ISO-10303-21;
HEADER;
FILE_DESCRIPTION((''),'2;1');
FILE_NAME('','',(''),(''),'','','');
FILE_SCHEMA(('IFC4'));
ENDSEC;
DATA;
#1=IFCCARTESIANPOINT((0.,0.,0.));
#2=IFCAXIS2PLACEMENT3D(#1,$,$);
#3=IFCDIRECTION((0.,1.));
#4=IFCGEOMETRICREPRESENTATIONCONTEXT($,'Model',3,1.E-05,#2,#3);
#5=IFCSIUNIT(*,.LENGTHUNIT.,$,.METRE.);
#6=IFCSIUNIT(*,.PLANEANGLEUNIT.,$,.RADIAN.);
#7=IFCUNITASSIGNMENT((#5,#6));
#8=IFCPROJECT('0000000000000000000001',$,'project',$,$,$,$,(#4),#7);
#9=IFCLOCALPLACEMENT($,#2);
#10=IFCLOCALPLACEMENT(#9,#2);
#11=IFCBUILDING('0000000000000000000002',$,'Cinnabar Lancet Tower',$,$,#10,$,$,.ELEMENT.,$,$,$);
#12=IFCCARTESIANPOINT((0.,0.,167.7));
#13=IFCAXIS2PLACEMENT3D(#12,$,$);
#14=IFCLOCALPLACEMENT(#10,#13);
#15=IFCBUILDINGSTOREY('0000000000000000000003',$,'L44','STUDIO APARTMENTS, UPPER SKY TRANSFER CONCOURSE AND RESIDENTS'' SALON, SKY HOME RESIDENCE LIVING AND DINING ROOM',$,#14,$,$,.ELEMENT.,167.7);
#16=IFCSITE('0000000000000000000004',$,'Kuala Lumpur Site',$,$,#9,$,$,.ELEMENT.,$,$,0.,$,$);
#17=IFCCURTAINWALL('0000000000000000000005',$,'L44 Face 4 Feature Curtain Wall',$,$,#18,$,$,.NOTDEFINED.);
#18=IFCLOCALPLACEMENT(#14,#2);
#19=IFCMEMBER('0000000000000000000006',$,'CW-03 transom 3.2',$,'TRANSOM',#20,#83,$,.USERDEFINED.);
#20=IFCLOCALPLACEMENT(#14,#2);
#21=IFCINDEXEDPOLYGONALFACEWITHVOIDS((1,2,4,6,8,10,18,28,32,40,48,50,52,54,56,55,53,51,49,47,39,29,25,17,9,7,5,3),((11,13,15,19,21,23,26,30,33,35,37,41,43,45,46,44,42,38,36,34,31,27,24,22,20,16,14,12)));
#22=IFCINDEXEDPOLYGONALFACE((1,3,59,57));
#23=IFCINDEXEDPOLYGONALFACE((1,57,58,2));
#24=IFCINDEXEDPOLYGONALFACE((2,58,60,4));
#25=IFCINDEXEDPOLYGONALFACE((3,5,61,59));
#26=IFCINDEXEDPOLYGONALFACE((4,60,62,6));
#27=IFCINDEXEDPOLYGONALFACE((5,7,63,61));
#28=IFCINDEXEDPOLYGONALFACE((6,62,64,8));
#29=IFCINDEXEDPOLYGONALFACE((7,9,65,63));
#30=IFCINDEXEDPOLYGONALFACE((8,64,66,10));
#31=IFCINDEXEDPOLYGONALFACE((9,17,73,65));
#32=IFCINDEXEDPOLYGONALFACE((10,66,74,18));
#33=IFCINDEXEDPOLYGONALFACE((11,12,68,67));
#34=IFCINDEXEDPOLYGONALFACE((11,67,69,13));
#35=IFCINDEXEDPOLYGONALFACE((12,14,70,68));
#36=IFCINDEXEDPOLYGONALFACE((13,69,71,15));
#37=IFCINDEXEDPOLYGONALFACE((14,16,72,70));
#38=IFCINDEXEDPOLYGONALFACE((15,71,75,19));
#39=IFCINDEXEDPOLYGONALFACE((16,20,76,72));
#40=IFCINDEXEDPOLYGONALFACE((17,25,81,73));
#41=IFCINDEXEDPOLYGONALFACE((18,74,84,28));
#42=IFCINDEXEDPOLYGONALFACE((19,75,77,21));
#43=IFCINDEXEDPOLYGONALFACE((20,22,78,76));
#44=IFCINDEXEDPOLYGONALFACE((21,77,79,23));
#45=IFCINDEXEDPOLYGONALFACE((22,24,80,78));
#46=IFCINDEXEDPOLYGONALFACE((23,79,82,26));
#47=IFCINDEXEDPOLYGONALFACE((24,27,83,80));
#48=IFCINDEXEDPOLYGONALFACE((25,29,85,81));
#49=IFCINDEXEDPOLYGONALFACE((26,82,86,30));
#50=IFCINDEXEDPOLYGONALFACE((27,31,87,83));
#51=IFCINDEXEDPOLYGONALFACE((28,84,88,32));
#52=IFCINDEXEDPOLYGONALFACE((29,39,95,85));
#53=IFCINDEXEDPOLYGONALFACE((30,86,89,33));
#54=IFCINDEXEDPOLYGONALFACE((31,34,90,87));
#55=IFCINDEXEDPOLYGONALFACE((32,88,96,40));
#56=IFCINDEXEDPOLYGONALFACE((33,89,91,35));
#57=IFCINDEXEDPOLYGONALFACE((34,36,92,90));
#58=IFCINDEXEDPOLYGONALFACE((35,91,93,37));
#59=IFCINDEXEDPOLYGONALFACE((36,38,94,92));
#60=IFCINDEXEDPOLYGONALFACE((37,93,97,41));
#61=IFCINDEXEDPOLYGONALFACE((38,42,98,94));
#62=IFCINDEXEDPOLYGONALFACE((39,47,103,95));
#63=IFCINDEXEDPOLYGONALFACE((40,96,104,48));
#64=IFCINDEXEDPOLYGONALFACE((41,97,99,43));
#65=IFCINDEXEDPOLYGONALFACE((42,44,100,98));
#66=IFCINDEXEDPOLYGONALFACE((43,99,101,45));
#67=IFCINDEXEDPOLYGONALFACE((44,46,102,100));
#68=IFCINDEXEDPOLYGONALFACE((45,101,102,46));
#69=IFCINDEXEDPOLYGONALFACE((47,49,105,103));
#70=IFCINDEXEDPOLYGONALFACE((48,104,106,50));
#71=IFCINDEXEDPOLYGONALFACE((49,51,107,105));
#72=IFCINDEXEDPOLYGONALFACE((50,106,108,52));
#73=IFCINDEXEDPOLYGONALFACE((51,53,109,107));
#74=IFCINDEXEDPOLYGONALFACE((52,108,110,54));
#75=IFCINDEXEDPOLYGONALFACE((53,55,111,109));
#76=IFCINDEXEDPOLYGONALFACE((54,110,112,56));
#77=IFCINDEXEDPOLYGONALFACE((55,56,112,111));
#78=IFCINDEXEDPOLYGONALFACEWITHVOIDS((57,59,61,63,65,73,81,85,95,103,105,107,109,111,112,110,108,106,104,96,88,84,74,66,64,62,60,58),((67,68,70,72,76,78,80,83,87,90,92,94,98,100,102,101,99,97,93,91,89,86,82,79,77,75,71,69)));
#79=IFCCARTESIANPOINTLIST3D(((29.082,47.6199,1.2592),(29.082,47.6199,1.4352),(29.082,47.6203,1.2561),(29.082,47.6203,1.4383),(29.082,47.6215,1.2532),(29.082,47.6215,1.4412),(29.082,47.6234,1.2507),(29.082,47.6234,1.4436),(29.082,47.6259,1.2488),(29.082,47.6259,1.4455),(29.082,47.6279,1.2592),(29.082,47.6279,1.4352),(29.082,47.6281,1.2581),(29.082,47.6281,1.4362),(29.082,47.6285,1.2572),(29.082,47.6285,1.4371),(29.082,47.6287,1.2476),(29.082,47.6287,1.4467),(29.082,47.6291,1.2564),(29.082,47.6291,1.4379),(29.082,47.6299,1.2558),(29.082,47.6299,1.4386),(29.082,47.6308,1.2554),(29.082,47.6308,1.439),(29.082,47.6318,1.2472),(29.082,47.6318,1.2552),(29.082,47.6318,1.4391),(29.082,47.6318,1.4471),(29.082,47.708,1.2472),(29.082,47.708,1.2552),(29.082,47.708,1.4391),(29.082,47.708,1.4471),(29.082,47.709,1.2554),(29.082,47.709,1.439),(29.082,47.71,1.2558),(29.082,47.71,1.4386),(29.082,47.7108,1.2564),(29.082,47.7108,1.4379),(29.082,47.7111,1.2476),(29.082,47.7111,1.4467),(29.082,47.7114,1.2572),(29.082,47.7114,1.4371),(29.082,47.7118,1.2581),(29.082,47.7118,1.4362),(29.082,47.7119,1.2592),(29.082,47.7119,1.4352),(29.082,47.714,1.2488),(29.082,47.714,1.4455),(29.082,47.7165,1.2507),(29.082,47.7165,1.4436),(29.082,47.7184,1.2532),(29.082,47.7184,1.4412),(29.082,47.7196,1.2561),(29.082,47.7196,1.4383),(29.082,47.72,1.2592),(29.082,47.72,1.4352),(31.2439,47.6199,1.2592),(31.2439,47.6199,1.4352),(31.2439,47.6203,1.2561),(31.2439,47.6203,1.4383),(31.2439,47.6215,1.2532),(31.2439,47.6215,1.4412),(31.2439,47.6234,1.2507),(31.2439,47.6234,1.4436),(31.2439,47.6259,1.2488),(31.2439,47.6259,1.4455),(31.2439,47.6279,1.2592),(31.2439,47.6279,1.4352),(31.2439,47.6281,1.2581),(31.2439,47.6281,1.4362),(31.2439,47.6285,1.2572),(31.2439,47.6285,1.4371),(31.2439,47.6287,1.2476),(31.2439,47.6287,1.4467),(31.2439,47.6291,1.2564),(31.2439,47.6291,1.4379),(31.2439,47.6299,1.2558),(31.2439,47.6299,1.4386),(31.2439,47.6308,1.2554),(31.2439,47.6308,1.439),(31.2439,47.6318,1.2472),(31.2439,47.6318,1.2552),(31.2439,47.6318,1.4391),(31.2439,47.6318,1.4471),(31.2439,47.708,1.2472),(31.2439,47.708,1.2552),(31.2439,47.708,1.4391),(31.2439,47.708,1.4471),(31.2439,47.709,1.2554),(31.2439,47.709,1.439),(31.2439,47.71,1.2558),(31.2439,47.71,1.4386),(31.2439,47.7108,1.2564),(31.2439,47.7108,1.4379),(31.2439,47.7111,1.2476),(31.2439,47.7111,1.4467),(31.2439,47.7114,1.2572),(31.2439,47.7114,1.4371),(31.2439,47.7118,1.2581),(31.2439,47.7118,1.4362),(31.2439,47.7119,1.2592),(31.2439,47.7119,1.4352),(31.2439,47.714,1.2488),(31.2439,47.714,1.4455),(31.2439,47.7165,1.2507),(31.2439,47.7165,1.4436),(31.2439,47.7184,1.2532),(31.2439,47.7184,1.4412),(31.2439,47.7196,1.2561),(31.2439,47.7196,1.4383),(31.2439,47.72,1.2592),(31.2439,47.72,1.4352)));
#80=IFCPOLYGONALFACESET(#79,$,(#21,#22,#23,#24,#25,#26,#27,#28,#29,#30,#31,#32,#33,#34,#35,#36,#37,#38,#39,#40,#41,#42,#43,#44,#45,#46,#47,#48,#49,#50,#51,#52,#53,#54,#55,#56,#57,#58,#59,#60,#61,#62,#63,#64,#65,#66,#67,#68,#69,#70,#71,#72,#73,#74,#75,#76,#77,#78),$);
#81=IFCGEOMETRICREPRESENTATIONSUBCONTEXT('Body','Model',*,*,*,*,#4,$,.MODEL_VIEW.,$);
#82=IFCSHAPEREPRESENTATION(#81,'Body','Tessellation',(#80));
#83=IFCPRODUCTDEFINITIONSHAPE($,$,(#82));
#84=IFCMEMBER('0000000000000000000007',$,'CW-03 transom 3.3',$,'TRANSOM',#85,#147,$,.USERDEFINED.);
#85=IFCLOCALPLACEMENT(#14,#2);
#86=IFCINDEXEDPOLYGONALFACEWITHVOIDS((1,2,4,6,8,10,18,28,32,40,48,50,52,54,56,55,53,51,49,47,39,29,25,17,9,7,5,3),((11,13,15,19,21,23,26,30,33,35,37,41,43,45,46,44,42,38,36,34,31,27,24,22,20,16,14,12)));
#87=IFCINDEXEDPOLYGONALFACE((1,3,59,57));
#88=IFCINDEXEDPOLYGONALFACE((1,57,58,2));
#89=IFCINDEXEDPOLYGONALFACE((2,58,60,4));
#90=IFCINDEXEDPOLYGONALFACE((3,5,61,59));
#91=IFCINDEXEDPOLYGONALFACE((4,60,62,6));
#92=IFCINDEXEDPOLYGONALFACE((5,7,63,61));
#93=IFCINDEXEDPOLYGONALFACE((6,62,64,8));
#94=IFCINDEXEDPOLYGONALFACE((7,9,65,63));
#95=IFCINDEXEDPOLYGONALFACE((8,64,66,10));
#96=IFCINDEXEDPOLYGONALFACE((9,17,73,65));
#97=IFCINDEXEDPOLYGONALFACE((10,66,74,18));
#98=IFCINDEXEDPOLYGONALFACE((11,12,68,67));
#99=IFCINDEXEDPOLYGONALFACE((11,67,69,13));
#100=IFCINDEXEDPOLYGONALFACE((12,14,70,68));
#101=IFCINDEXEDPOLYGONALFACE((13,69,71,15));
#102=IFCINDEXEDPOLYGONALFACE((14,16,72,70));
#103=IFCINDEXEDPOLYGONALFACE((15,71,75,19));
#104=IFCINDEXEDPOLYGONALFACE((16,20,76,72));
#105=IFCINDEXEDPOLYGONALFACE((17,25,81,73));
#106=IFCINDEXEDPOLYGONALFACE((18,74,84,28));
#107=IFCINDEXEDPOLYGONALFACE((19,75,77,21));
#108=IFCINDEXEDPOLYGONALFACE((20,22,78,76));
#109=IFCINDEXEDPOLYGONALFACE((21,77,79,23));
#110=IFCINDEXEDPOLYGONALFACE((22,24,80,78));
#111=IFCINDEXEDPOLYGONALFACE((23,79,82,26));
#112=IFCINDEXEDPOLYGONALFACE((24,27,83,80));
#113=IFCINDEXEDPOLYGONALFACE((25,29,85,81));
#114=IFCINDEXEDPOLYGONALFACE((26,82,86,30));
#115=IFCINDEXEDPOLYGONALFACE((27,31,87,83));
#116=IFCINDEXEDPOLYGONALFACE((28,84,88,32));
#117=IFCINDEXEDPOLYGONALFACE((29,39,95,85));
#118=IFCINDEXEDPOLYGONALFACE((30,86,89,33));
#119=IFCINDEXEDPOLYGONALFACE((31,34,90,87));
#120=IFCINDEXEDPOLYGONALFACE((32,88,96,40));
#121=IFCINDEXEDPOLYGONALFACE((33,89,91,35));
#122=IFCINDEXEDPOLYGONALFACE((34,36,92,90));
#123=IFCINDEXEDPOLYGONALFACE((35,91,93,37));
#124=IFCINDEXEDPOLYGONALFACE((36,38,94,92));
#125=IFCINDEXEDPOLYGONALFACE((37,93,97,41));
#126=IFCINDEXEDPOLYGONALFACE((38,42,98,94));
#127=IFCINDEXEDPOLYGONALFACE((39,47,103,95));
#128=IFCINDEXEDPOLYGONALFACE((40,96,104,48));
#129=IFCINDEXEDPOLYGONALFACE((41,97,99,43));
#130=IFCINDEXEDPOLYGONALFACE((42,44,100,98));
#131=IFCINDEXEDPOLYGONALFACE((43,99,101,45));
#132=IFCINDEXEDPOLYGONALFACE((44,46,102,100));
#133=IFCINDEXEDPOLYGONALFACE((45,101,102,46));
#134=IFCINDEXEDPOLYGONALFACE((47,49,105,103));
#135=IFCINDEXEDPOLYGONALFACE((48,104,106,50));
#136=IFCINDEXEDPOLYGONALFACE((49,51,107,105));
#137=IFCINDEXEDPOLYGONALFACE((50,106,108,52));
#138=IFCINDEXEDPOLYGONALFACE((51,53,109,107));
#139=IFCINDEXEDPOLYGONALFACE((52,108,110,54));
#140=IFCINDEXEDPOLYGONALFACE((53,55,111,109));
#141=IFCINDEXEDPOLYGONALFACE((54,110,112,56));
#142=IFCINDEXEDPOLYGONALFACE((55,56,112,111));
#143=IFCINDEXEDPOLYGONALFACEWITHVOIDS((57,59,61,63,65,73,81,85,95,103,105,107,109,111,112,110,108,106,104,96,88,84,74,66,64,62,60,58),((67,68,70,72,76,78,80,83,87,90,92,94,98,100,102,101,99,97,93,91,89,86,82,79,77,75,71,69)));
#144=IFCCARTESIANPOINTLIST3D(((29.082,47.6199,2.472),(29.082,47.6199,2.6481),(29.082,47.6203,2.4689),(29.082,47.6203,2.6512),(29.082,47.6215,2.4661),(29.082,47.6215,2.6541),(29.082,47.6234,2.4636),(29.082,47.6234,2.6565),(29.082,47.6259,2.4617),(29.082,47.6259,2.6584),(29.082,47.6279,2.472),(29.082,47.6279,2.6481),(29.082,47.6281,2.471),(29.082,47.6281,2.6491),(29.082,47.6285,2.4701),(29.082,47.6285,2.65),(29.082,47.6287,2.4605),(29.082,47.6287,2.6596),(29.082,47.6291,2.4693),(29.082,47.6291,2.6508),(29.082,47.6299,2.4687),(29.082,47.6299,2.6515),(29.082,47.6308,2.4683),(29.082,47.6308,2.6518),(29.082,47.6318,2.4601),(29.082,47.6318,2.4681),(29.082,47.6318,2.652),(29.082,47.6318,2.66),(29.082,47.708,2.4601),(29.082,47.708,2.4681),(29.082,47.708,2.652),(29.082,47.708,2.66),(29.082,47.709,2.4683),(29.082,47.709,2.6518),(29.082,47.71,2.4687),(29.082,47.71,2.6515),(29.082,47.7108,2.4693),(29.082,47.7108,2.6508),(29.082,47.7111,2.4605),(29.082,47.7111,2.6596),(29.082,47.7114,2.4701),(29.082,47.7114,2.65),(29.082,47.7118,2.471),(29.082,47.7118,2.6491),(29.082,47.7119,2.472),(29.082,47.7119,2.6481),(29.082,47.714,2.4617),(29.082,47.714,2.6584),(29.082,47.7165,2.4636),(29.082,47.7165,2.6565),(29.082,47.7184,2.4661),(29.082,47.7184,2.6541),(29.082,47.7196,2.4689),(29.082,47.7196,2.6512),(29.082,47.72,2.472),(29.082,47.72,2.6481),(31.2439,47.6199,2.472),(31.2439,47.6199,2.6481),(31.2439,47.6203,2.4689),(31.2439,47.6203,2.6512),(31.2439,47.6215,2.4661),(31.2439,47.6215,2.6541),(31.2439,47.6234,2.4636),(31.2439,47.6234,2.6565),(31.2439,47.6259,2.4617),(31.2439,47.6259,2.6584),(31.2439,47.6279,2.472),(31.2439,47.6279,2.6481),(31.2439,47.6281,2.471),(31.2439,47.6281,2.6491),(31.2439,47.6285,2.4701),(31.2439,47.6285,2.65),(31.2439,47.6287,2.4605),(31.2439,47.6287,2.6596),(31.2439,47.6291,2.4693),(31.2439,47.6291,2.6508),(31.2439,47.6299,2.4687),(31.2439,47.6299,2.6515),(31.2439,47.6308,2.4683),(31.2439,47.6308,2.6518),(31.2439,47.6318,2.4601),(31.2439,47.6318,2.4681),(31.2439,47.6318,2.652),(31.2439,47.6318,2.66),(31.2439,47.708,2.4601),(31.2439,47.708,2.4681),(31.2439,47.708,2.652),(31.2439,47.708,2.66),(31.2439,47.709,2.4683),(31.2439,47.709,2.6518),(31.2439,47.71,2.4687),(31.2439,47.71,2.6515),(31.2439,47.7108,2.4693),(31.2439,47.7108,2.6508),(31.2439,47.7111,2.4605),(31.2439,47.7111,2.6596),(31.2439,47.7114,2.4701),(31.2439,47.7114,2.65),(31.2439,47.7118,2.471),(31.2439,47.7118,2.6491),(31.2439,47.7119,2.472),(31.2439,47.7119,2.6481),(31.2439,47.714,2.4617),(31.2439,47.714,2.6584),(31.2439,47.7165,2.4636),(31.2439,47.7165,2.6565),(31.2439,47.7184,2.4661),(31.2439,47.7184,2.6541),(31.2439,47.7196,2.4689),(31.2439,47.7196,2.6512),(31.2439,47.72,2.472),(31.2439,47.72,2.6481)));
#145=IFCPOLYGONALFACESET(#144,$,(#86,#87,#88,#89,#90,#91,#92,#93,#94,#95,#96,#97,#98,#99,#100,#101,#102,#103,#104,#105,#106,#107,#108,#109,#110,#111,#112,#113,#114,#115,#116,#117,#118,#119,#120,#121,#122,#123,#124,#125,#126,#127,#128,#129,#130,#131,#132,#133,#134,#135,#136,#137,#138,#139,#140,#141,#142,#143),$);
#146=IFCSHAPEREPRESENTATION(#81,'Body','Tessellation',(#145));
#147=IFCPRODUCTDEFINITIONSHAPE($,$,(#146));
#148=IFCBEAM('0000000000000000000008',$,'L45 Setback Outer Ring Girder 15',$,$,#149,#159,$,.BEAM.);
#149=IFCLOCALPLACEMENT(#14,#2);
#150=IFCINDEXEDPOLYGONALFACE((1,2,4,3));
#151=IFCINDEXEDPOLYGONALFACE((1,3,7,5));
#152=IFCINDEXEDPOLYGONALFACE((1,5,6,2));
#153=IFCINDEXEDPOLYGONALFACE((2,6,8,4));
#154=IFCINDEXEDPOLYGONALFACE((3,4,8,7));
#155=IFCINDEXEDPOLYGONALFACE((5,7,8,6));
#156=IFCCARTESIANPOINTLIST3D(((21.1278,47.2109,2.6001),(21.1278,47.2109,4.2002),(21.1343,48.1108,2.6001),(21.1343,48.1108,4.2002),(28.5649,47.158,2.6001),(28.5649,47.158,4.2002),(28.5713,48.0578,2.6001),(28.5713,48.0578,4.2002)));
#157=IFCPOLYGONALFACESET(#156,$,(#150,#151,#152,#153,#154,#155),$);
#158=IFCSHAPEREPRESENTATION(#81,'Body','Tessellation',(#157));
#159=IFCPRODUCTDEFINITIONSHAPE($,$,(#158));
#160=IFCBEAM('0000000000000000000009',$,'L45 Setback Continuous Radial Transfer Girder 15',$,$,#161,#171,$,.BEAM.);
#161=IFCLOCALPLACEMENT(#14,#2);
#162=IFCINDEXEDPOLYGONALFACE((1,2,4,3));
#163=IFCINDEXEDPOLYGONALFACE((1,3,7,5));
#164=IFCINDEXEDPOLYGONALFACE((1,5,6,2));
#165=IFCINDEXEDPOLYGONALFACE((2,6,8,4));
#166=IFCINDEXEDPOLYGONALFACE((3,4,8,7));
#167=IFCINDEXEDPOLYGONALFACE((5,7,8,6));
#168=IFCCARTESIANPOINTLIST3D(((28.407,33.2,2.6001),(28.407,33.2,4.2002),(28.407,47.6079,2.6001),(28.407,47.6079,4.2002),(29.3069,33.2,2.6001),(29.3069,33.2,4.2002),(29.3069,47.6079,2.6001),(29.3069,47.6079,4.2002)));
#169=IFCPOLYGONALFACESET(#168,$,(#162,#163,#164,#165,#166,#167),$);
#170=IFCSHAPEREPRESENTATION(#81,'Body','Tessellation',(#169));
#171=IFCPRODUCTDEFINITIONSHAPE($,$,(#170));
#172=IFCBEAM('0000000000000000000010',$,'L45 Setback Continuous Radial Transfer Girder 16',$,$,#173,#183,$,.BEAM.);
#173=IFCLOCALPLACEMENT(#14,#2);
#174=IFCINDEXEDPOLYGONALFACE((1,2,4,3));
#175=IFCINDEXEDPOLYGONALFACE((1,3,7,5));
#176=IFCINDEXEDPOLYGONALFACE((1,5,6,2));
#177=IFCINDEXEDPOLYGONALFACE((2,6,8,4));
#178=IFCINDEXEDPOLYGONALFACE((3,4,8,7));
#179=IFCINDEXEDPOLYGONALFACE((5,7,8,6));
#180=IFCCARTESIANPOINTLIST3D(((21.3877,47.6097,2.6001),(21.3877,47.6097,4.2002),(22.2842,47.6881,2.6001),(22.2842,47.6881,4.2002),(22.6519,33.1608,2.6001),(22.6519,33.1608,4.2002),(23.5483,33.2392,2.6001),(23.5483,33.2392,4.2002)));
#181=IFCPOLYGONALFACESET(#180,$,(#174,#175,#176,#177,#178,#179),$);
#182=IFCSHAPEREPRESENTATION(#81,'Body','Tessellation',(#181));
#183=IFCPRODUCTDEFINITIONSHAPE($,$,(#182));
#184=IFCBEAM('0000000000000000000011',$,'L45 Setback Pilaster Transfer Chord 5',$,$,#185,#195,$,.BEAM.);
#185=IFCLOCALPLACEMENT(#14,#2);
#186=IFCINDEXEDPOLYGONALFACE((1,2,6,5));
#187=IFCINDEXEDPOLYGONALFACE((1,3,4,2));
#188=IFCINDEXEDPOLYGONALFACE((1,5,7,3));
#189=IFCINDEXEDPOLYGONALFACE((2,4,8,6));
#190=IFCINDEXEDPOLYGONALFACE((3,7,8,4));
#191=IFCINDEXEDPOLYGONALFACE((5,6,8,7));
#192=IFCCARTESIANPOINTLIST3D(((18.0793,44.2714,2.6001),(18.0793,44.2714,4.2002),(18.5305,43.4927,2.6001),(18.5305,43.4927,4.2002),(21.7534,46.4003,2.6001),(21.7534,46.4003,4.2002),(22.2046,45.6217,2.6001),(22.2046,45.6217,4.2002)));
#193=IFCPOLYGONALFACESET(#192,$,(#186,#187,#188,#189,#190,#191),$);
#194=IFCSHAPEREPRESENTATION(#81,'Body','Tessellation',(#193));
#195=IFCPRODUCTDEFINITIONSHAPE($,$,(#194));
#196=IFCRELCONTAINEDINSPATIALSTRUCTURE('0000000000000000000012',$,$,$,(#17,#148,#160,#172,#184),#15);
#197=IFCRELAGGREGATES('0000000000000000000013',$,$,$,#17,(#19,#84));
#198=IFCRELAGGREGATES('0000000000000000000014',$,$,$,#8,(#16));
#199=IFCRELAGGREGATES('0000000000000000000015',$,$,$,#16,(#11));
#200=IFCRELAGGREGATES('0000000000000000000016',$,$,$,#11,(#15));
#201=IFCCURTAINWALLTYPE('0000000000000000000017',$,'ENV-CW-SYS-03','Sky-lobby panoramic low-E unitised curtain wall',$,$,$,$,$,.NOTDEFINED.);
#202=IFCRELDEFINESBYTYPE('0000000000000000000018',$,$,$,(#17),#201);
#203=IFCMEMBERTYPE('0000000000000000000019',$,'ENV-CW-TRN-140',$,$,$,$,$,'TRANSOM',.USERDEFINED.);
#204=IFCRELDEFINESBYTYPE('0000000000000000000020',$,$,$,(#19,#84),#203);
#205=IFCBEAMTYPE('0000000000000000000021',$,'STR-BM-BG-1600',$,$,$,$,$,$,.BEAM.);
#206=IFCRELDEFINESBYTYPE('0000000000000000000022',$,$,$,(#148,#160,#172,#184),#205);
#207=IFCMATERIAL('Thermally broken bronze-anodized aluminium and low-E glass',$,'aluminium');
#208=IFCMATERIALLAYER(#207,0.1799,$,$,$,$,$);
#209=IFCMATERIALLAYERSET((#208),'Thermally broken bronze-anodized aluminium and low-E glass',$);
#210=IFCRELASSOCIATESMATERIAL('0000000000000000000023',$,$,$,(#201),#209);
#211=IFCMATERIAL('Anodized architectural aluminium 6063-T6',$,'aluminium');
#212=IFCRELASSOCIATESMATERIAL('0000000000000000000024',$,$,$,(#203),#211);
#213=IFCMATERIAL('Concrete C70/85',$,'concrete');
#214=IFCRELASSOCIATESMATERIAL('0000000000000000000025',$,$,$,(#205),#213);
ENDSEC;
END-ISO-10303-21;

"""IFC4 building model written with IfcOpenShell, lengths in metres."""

from ifc_helpers import new_model, si_unit, direction, frame, origin, origin_2d, place, context, subcontext, project, spatial, rectangle, hollow_rectangle, extrude, material, layer, layer_set, material_profile, profile_set, type_object, element, aggregate, save


model = new_model("IFC4")

# Units and contexts
model_context = context("Model", 3, precision=1e-05, world=origin(), true_north=direction((0.0, 1.0)))
body_context = subcontext(model_context, "Body", "Model", "MODEL_VIEW")
ifc_project = project(units=[si_unit("LENGTHUNIT", "METRE"), si_unit("PLANEANGLEUNIT", "RADIAN")], contexts=[model_context])

# Site, building, storey
site_placement = place(None, origin())
site = spatial("IfcSite", under=ifc_project, at=site_placement, Name="Kuala Lumpur Site", CompositionType="ELEMENT", RefElevation=0.0)
building_placement = place(site_placement, origin())
building = spatial("IfcBuilding", under=site, at=building_placement, Name="Cinnabar Lancet Tower", CompositionType="ELEMENT")
storey_placement = place(building_placement, frame((0.0, 0.0, 167.7)))
storey = spatial("IfcBuildingStorey", under=building, at=storey_placement, Name="L44", Description="STUDIO APARTMENTS, UPPER SKY TRANSFER CONCOURSE AND RESIDENTS' SALON, SKY HOME RESIDENCE LIVING AND DINING ROOM", CompositionType="ELEMENT", Elevation=167.7)

# Curtain wall, members
ifc_material_1 = material(Name="Thermally broken bronze-anodized aluminium and low-E glass", Category="aluminium")
ifc_layer_1 = layer(ifc_material_1, 0.1799)
ifc_layer_set_1 = layer_set([ifc_layer_1], Name="Thermally broken bronze-anodized aluminium and low-E glass")
curtain_wall_type = type_object("IfcCurtainWallType", Name="ENV-CW-SYS-03", Description="Sky-lobby panoramic low-E unitised curtain wall", PredefinedType="NOTDEFINED", material=ifc_layer_set_1)
curtain_wall_placement = place(storey_placement, origin())
curtain_wall = element("IfcCurtainWall", 1, at=curtain_wall_placement, inside=storey, type_object=curtain_wall_type, Name="L44 Face 4 Feature Curtain Wall", PredefinedType="NOTDEFINED")
ifc_material_2 = material(Name="Anodized architectural aluminium 6063-T6", Category="aluminium")
ifc_material_profile_1 = material_profile(ifc_material_2, hollow_rectangle(XDim=0.1001, YDim=0.2, WallThickness=0.0081, InnerFilletRadius=0.0039, OuterFilletRadius=0.012, at=origin_2d()), Name="RHS 200x100x8")
ifc_profile_set_1 = profile_set([ifc_material_profile_1], Name="Anodized architectural aluminium 6063-T6")
member_type_1 = type_object("IfcMemberType", Name="ENV-CW-TRN-140", ElementType="TRANSOM", PredefinedType="USERDEFINED", material=ifc_profile_set_1)
member_1_placement = place(storey_placement, frame((31.2439, 47.6699, 1.3472), z_axis=(-1.0, 0.0, 0.0), x_axis=(0.0, -1.0, 0.0)))
member_1 = element("IfcMember", 2, at=member_1_placement, type_object=member_type_1, Name="CW-03 transom 3.2", ObjectType="TRANSOM", PredefinedType="USERDEFINED", context=body_context, shape_type="SweptSolid", body=[
    extrude(hollow_rectangle(XDim=0.1001, YDim=0.2, WallThickness=0.0081, InnerFilletRadius=0.0039, OuterFilletRadius=0.012, at=origin_2d()), origin(), (0.0, 0.0, 1.0), 2.1619),
])
member_2_placement = place(storey_placement, frame((31.2439, 47.6699, 2.5601), z_axis=(-1.0, 0.0, 0.0), x_axis=(0.0, -1.0, 0.0)))
member_2 = element("IfcMember", 3, at=member_2_placement, type_object=member_type_1, Name="CW-03 transom 3.3", ObjectType="TRANSOM", PredefinedType="USERDEFINED", context=body_context, shape_type="SweptSolid", body=[
    extrude(hollow_rectangle(XDim=0.1001, YDim=0.2, WallThickness=0.0081, InnerFilletRadius=0.0039, OuterFilletRadius=0.012, at=origin_2d()), origin(), (0.0, 0.0, 1.0), 2.1619),
])

# Beams
ifc_material_3 = material(Name="Concrete C70/85", Category="concrete")
ifc_material_profile_2 = material_profile(ifc_material_3, rectangle(XDim=0.8999, YDim=1.6001, at=origin_2d()), Name="RC-BG 900x1600")
ifc_profile_set_2 = profile_set([ifc_material_profile_2], Name="Concrete C70/85")
beam_type_1 = type_object("IfcBeamType", Name="STR-BM-BG-1600", PredefinedType="BEAM", material=ifc_profile_set_2)
beam_1_placement = place(storey_placement, frame((28.5681, 47.6079, 3.4001), z_axis=(-0.999975, 0.007123, 0.0), x_axis=(-0.007123, -0.999975, 0.0)))
element("IfcBeam", 4, at=beam_1_placement, inside=storey, type_object=beam_type_1, Name="L45 Setback Outer Ring Girder 15", PredefinedType="BEAM", context=body_context, shape_type="SweptSolid", body=[
    extrude(rectangle(XDim=0.8999, YDim=1.6001, at=origin_2d()), origin(), (0.0, 0.0, 1.0), 7.4373),
])
beam_2_placement = place(storey_placement, frame((28.8569, 47.6079, 3.4001), z_axis=(0.0, -1.0, 0.0), x_axis=(1.0, 0.0, 0.0)))
element("IfcBeam", 5, at=beam_2_placement, inside=storey, type_object=beam_type_1, Name="L45 Setback Continuous Radial Transfer Girder 15", PredefinedType="BEAM", context=body_context, shape_type="SweptSolid", body=[
    extrude(rectangle(XDim=0.8999, YDim=1.6001, at=origin_2d()), origin(), (0.0, 0.0, 1.0), 14.408),
])
beam_3_placement = place(storey_placement, frame((21.8359, 47.6489, 3.4001), z_axis=(0.087158, -0.996194, 0.0), x_axis=(0.996194, 0.087158, 0.0)))
element("IfcBeam", 6, at=beam_3_placement, inside=storey, type_object=beam_type_1, Name="L45 Setback Continuous Radial Transfer Girder 16", PredefinedType="BEAM", context=body_context, shape_type="SweptSolid", body=[
    extrude(rectangle(XDim=0.8999, YDim=1.6001, at=origin_2d()), origin(), (0.0, 0.0, 1.0), 14.5042),
])
beam_4_placement = place(storey_placement, frame((21.979, 46.011, 3.4001), z_axis=(-0.865241, -0.501356, 0.0), x_axis=(0.501356, -0.865241, 0.0)))
element("IfcBeam", 7, at=beam_4_placement, inside=storey, type_object=beam_type_1, Name="L45 Setback Pilaster Transfer Chord 5", PredefinedType="BEAM", context=body_context, shape_type="SweptSolid", body=[
    extrude(rectangle(XDim=0.8999, YDim=1.6001, at=origin_2d()), origin(), (0.0, 0.0, 1.0), 4.2463),
])

aggregate(curtain_wall, [member_1, member_2])

save(model, "model.ifc")
